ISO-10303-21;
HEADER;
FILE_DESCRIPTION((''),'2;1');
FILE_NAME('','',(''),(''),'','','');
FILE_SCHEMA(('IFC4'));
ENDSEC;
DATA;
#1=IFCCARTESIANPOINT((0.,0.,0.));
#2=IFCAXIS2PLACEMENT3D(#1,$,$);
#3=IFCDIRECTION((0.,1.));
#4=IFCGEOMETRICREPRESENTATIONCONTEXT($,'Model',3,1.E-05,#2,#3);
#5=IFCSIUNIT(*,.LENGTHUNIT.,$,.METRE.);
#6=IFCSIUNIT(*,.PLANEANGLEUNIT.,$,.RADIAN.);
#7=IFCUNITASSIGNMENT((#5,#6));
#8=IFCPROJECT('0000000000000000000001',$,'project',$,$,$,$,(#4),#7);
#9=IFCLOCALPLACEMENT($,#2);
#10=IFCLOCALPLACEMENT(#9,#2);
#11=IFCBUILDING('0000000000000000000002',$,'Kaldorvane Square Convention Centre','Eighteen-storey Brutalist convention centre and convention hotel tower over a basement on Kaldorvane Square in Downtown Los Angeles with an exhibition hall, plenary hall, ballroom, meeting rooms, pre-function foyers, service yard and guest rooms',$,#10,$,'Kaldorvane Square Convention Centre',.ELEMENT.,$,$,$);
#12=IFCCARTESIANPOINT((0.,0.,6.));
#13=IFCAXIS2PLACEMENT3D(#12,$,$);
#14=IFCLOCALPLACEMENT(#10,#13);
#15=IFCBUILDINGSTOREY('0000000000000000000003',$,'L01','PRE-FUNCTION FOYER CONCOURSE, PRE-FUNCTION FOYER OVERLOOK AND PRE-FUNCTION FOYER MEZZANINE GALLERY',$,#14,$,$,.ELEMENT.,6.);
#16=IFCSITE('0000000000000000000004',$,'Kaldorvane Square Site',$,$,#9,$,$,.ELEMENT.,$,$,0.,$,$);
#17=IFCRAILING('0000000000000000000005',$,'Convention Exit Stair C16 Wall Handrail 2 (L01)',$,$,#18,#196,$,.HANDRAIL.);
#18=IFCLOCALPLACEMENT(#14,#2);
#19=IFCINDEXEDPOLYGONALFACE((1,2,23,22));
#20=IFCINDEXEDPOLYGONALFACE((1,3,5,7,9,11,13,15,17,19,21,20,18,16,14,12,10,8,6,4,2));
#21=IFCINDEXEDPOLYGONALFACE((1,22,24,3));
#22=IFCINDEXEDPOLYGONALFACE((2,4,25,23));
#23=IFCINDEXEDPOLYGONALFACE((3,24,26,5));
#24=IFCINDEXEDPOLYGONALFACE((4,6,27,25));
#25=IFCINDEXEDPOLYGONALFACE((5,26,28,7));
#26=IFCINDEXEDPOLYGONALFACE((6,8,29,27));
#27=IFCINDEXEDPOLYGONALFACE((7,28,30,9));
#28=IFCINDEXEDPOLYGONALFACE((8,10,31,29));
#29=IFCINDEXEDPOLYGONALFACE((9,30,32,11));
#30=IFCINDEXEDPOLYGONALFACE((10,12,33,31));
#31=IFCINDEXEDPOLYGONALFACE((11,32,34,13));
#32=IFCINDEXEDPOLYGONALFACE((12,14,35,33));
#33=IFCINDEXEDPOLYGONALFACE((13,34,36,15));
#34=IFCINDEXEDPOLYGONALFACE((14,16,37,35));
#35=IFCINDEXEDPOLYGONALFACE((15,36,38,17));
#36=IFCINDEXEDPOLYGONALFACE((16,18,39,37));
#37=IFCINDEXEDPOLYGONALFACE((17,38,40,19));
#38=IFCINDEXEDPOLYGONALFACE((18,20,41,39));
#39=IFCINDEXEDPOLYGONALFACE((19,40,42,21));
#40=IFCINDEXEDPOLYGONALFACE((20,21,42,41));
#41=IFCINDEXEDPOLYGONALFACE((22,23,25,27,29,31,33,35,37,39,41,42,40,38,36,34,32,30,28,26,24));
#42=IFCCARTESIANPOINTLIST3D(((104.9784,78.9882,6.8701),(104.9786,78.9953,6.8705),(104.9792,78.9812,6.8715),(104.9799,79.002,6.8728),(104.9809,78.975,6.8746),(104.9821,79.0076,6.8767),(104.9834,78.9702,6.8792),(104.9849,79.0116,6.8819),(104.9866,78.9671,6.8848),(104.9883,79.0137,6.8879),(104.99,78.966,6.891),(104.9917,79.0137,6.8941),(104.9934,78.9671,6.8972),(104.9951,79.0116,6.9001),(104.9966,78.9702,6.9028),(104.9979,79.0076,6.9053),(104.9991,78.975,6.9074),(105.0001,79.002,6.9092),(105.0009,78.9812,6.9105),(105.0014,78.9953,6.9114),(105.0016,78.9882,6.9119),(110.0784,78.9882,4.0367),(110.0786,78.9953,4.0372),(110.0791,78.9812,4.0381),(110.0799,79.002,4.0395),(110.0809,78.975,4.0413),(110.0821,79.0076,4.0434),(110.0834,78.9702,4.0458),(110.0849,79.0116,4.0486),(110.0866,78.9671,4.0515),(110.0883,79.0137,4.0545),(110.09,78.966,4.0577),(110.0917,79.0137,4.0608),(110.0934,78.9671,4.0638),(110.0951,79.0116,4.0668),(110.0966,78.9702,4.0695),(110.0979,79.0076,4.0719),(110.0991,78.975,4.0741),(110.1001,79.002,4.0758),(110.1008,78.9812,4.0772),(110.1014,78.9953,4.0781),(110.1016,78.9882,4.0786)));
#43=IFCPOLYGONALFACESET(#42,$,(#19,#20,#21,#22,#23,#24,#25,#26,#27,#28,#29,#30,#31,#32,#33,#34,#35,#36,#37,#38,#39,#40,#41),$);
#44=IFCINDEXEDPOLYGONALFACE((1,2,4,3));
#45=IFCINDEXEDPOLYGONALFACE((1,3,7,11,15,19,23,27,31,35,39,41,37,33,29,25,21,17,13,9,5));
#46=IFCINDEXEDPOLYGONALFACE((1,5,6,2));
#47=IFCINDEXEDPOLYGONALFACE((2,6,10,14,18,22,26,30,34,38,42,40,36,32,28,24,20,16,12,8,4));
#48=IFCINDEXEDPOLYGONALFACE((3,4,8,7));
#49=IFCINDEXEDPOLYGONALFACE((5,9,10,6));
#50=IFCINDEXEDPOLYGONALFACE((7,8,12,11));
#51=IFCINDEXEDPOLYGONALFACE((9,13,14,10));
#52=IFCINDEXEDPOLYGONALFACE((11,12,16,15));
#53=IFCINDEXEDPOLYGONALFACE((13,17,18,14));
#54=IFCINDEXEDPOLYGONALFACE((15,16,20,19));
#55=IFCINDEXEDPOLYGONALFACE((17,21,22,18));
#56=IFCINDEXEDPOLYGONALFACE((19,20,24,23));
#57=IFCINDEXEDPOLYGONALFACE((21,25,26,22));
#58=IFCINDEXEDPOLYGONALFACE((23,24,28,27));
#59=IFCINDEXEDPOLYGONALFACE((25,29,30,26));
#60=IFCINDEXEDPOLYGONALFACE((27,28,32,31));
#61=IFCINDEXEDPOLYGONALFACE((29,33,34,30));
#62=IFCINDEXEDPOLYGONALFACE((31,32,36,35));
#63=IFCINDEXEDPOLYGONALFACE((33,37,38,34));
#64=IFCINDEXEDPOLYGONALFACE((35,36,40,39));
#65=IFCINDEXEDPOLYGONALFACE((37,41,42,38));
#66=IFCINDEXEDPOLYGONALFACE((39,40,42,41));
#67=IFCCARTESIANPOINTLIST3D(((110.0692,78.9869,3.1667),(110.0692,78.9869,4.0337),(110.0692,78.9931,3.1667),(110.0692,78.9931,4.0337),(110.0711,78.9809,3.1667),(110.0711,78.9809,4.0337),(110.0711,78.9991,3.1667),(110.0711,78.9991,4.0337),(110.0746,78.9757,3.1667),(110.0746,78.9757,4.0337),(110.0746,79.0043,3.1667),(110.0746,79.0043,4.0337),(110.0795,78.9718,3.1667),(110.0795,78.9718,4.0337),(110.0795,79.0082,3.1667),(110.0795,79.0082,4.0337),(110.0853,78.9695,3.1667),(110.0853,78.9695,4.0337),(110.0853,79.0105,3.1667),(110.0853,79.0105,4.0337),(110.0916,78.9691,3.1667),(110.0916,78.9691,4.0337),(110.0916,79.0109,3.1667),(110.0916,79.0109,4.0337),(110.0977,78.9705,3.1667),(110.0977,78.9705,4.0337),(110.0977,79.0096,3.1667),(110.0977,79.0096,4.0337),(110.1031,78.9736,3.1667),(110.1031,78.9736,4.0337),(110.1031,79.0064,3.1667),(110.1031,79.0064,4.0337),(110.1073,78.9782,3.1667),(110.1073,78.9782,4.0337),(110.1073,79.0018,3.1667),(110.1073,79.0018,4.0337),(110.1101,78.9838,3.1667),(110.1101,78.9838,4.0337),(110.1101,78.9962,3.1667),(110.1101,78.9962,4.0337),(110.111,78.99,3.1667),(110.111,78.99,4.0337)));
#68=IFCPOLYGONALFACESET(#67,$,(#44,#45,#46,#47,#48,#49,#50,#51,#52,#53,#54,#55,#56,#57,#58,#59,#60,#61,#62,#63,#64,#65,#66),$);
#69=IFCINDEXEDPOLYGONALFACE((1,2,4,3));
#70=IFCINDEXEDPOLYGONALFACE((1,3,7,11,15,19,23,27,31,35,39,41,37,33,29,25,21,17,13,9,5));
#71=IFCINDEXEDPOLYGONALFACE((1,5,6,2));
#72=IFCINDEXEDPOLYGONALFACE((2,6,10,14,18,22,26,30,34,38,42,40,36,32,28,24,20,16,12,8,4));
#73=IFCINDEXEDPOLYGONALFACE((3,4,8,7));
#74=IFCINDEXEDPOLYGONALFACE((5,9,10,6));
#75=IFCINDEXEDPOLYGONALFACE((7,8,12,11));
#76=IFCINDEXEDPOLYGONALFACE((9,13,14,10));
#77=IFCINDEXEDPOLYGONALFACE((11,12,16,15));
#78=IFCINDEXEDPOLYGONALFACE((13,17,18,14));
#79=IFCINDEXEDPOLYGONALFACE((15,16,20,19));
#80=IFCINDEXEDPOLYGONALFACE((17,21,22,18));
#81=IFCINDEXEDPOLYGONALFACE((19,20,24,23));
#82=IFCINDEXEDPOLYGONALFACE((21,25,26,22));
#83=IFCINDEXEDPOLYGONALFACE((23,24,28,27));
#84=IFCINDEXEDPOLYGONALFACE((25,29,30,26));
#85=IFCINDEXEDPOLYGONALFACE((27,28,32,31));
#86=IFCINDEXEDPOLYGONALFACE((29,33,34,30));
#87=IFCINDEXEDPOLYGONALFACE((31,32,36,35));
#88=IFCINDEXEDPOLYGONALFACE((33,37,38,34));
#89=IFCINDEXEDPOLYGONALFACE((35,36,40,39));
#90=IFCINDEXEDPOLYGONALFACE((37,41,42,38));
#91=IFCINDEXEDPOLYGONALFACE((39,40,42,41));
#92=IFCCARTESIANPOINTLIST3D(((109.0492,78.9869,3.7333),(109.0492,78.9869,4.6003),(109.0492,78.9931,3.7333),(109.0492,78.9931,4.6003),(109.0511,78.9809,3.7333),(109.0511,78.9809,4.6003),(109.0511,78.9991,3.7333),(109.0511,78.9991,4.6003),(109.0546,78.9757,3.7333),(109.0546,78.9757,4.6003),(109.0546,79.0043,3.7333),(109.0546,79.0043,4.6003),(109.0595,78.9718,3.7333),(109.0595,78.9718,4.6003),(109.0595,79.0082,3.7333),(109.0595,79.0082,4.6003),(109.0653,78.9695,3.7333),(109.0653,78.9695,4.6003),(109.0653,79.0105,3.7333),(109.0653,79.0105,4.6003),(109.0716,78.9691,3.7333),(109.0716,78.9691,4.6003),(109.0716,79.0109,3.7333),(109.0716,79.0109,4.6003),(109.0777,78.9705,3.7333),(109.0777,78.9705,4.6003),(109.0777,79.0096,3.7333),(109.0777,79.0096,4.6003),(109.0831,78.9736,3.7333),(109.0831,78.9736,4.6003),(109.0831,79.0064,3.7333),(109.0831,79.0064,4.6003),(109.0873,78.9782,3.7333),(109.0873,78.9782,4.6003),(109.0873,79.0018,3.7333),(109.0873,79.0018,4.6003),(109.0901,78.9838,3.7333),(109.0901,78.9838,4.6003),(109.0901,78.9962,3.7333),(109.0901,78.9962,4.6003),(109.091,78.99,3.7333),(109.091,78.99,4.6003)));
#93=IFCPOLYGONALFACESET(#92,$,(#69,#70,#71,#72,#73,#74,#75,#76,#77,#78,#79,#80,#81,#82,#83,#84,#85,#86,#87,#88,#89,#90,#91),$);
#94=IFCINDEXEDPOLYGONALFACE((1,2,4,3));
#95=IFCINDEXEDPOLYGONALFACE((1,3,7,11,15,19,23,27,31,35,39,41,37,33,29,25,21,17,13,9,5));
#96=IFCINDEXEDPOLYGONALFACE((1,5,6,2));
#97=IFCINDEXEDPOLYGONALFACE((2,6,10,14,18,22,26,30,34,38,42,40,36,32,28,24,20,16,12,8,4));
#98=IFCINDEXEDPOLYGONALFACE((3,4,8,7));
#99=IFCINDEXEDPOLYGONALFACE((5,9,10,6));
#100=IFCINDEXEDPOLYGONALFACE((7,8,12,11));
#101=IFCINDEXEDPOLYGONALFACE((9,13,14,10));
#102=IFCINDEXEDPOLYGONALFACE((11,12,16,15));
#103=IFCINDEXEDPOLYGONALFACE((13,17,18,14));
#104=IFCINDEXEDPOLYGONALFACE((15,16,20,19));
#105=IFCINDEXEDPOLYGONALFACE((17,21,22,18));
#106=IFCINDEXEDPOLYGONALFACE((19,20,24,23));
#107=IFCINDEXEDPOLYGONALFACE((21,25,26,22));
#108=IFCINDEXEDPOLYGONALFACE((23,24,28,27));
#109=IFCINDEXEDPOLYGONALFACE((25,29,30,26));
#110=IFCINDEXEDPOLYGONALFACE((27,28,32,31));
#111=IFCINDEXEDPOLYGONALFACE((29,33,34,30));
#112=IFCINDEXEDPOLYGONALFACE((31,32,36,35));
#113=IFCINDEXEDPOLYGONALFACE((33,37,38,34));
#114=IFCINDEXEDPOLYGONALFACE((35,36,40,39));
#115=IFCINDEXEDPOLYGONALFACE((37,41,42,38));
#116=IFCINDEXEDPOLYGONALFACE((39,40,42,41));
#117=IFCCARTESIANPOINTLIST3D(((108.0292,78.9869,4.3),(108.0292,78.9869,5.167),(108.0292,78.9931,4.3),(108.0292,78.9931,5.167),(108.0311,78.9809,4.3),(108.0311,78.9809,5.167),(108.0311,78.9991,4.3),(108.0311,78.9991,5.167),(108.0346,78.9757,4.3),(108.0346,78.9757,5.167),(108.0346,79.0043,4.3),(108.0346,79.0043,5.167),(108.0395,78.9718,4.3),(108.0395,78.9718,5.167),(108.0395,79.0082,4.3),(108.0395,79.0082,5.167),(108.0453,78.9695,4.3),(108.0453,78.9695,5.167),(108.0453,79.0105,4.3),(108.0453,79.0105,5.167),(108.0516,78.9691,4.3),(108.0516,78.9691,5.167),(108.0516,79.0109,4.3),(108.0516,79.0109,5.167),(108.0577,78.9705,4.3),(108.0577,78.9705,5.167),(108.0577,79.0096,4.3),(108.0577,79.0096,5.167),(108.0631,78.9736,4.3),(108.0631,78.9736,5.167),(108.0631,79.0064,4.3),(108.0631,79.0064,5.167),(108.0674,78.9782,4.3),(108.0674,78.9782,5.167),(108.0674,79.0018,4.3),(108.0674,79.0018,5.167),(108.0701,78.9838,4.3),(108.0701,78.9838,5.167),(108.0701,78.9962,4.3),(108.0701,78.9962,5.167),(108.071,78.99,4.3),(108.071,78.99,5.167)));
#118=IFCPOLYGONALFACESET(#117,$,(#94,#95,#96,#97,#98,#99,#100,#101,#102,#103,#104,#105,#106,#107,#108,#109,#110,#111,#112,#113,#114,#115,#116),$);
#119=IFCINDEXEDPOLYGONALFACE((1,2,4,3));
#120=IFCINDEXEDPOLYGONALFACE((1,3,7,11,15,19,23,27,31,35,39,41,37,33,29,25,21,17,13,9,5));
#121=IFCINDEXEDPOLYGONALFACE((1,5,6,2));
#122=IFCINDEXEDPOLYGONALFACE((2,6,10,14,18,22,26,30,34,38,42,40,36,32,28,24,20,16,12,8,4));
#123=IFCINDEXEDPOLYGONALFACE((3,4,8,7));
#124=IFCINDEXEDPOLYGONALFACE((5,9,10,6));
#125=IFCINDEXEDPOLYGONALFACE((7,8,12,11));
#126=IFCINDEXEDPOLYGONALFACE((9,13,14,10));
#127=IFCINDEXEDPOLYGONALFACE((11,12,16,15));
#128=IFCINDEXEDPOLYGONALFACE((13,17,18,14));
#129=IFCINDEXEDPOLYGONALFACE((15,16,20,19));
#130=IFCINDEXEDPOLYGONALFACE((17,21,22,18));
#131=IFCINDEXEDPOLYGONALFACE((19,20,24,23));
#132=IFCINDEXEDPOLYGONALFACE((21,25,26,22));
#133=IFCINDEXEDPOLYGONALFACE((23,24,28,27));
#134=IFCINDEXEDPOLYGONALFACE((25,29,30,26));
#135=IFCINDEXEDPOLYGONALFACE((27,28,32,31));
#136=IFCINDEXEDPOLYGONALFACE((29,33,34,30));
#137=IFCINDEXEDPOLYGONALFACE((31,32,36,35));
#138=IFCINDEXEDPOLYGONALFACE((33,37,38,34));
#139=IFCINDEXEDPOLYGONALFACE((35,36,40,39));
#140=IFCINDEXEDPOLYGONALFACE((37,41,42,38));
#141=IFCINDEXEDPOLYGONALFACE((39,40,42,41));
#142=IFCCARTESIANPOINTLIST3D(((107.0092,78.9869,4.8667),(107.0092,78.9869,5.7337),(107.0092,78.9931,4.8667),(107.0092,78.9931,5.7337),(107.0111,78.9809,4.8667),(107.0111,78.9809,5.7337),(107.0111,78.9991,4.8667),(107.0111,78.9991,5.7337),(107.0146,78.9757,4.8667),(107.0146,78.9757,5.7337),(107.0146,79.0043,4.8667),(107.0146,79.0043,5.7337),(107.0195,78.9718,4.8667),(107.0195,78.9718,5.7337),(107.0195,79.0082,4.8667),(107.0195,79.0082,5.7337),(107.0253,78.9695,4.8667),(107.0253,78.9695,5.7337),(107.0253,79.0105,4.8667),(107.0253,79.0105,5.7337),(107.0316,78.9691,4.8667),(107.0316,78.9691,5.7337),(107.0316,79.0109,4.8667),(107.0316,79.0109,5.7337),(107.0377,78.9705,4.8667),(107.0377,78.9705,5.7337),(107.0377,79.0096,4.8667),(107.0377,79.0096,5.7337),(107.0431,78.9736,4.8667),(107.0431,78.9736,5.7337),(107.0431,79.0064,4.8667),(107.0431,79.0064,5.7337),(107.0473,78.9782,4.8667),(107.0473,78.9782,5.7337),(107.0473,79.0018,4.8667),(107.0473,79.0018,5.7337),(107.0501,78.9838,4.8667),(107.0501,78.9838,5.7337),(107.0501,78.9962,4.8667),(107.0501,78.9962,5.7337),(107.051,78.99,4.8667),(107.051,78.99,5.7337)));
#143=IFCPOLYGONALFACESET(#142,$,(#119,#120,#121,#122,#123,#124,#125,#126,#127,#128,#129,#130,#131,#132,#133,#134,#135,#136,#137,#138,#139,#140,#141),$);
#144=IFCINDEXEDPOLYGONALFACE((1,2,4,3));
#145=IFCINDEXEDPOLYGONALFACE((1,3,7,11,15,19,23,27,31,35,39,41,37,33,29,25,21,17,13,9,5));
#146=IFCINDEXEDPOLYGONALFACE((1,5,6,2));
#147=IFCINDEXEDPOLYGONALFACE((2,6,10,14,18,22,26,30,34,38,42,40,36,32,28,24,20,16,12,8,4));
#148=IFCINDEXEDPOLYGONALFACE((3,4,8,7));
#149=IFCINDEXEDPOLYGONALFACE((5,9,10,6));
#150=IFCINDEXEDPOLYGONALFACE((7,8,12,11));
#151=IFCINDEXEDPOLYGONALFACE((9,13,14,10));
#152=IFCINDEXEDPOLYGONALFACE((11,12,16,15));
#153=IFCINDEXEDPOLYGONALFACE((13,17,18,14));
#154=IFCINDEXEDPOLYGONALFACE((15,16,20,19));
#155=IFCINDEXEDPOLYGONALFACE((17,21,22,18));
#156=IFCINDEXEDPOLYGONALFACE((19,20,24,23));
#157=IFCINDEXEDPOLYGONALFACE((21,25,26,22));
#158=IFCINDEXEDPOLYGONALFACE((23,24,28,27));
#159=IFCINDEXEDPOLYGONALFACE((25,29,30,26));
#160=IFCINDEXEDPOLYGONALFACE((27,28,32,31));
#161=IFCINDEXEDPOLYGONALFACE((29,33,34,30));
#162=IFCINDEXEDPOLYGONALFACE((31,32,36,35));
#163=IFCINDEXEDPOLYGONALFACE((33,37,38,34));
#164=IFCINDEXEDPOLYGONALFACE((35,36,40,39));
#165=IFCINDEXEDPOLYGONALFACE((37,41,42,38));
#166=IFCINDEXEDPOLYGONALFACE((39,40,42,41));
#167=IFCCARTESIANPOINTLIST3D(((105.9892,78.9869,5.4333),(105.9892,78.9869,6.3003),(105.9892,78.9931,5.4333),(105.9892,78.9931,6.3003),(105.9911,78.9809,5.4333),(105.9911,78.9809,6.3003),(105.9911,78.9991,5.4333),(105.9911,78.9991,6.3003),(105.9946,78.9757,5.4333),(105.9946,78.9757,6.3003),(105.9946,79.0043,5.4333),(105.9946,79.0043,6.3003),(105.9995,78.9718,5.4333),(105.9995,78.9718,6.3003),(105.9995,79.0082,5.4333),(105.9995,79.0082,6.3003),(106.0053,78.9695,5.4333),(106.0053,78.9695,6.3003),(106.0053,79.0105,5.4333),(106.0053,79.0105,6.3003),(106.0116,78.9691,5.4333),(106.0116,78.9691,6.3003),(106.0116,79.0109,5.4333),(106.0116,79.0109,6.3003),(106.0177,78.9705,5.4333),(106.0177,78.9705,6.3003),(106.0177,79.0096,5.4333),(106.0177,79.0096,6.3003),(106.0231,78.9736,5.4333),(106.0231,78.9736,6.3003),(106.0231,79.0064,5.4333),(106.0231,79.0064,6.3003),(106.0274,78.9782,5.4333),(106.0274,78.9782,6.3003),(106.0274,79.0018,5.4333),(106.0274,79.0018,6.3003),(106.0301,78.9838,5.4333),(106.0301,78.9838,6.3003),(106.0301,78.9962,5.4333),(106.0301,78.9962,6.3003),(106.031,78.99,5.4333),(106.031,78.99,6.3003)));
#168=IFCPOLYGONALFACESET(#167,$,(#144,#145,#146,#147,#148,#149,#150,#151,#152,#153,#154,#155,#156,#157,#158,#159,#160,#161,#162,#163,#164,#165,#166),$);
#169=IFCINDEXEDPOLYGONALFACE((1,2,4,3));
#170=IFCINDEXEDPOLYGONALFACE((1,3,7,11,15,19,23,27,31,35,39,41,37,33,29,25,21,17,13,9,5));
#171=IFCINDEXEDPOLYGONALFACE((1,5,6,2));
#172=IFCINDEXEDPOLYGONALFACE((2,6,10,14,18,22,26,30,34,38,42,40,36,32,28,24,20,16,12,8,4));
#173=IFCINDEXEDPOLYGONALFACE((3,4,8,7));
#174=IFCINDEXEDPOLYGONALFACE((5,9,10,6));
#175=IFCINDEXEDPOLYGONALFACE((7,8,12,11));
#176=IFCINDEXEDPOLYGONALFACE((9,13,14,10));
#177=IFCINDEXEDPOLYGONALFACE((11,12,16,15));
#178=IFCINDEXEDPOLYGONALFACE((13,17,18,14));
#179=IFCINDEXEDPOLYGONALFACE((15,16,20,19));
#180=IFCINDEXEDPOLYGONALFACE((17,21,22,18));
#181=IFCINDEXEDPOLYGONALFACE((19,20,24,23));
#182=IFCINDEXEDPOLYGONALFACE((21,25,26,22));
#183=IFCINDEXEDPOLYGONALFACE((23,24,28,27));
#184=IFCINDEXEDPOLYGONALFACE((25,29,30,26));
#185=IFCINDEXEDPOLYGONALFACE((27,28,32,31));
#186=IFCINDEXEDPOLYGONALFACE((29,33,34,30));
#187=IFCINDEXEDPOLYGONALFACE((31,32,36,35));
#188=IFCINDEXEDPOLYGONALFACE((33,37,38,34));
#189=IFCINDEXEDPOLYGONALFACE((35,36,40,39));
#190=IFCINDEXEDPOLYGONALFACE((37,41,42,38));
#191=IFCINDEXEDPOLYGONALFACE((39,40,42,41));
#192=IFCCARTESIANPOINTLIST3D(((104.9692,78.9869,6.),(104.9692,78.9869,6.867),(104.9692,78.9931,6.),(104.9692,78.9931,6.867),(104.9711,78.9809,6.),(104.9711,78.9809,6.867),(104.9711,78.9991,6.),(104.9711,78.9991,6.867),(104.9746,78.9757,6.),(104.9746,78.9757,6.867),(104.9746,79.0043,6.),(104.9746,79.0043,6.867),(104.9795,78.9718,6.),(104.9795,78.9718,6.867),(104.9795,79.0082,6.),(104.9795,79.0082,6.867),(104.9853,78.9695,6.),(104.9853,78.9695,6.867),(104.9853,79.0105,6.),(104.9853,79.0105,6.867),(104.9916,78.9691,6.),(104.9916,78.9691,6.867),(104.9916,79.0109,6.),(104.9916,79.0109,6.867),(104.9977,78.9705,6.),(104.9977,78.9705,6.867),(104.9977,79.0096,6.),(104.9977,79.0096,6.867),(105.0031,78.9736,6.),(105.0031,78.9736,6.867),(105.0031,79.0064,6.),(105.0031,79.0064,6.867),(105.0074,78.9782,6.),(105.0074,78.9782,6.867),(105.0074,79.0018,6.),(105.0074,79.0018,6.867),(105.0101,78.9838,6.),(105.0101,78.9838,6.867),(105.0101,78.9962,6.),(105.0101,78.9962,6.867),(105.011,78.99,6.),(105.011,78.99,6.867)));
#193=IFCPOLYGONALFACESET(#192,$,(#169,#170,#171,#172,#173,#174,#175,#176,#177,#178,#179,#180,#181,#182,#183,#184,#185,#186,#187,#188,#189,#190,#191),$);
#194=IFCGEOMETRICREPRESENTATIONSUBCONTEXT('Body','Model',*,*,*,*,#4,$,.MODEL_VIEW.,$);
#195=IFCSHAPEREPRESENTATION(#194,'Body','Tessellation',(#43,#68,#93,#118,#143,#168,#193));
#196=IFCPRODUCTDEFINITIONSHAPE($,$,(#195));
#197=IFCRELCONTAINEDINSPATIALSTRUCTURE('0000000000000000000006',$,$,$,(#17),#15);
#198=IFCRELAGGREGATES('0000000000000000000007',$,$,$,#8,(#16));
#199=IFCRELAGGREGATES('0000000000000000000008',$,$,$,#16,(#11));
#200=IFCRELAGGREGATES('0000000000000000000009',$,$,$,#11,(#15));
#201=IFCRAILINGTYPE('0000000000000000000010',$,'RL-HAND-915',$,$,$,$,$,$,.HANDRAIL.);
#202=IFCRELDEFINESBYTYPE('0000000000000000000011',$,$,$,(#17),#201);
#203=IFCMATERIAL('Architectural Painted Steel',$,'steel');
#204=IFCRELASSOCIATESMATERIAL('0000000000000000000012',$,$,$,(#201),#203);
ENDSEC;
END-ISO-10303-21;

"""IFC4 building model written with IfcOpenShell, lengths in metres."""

from ifc_helpers import new_model, si_unit, direction, frame, origin, origin_2d, place, context, subcontext, project, spatial, circle, extrude, material, type_object, element, save


model = new_model("IFC4")

# Units and contexts
model_context = context("Model", 3, precision=1e-05, world=origin(), true_north=direction((0.0, 1.0)))
body_context = subcontext(model_context, "Body", "Model", "MODEL_VIEW")
ifc_project = project(units=[si_unit("LENGTHUNIT", "METRE"), si_unit("PLANEANGLEUNIT", "RADIAN")], contexts=[model_context])

# Site, building, storey
site_placement = place(None, origin())
site = spatial("IfcSite", under=ifc_project, at=site_placement, Name="Kaldorvane Square Site", CompositionType="ELEMENT", RefElevation=0.0)
building_placement = place(site_placement, origin())
building = spatial("IfcBuilding", under=site, at=building_placement, Name="Kaldorvane Square Convention Centre", Description="Eighteen-storey Brutalist convention centre and convention hotel tower over a basement on Kaldorvane Square in Downtown Los Angeles with an exhibition hall, plenary hall, ballroom, meeting rooms, pre-function foyers, service yard and guest rooms", LongName="Kaldorvane Square Convention Centre", CompositionType="ELEMENT")
storey_placement = place(building_placement, frame((0.0, 0.0, 6.0)))
storey = spatial("IfcBuildingStorey", under=building, at=storey_placement, Name="L01", Description="PRE-FUNCTION FOYER CONCOURSE, PRE-FUNCTION FOYER OVERLOOK AND PRE-FUNCTION FOYER MEZZANINE GALLERY", CompositionType="ELEMENT", Elevation=6.0)

# Railing
ifc_material_1 = material(Name="Architectural Painted Steel", Category="steel")
railing_type_1 = type_object("IfcRailingType", Name="RL-HAND-915", PredefinedType="HANDRAIL", material=ifc_material_1)
railing_1_placement = place(storey_placement, frame((110.09, 78.99, 3.1667)))
element("IfcRailing", 1, at=railing_1_placement, inside=storey, type_object=railing_type_1, Name="Convention Exit Stair C16 Wall Handrail 2 (L01)", PredefinedType="HANDRAIL", context=body_context, shape_type="SweptSolid", body=[
    extrude(circle(Radius=0.024, at=origin_2d()), frame((0.0, 0.0, 0.891), z_axis=(-0.874157, 0.0, 0.485643), x_axis=(0.0, -1.0, 0.0)), (0.0, 0.0, 1.0), 5.8342),
    extrude(circle(Radius=0.021, at=origin_2d()), origin(), (0.0, 0.0, 1.0), 0.867),
    extrude(circle(Radius=0.021, at=origin_2d()), frame((-1.02, 0.0, 0.5667)), (0.0, 0.0, 1.0), 0.867),
    extrude(circle(Radius=0.021, at=origin_2d()), frame((-2.04, 0.0, 1.1333)), (0.0, 0.0, 1.0), 0.867),
    extrude(circle(Radius=0.021, at=origin_2d()), frame((-3.06, 0.0, 1.7)), (0.0, 0.0, 1.0), 0.867),
    extrude(circle(Radius=0.021, at=origin_2d()), frame((-4.08, 0.0, 2.2667)), (0.0, 0.0, 1.0), 0.867),
    extrude(circle(Radius=0.021, at=origin_2d()), frame((-5.1, 0.0, 2.8333)), (0.0, 0.0, 1.0), 0.867),
])

save(model, "model.ifc")
